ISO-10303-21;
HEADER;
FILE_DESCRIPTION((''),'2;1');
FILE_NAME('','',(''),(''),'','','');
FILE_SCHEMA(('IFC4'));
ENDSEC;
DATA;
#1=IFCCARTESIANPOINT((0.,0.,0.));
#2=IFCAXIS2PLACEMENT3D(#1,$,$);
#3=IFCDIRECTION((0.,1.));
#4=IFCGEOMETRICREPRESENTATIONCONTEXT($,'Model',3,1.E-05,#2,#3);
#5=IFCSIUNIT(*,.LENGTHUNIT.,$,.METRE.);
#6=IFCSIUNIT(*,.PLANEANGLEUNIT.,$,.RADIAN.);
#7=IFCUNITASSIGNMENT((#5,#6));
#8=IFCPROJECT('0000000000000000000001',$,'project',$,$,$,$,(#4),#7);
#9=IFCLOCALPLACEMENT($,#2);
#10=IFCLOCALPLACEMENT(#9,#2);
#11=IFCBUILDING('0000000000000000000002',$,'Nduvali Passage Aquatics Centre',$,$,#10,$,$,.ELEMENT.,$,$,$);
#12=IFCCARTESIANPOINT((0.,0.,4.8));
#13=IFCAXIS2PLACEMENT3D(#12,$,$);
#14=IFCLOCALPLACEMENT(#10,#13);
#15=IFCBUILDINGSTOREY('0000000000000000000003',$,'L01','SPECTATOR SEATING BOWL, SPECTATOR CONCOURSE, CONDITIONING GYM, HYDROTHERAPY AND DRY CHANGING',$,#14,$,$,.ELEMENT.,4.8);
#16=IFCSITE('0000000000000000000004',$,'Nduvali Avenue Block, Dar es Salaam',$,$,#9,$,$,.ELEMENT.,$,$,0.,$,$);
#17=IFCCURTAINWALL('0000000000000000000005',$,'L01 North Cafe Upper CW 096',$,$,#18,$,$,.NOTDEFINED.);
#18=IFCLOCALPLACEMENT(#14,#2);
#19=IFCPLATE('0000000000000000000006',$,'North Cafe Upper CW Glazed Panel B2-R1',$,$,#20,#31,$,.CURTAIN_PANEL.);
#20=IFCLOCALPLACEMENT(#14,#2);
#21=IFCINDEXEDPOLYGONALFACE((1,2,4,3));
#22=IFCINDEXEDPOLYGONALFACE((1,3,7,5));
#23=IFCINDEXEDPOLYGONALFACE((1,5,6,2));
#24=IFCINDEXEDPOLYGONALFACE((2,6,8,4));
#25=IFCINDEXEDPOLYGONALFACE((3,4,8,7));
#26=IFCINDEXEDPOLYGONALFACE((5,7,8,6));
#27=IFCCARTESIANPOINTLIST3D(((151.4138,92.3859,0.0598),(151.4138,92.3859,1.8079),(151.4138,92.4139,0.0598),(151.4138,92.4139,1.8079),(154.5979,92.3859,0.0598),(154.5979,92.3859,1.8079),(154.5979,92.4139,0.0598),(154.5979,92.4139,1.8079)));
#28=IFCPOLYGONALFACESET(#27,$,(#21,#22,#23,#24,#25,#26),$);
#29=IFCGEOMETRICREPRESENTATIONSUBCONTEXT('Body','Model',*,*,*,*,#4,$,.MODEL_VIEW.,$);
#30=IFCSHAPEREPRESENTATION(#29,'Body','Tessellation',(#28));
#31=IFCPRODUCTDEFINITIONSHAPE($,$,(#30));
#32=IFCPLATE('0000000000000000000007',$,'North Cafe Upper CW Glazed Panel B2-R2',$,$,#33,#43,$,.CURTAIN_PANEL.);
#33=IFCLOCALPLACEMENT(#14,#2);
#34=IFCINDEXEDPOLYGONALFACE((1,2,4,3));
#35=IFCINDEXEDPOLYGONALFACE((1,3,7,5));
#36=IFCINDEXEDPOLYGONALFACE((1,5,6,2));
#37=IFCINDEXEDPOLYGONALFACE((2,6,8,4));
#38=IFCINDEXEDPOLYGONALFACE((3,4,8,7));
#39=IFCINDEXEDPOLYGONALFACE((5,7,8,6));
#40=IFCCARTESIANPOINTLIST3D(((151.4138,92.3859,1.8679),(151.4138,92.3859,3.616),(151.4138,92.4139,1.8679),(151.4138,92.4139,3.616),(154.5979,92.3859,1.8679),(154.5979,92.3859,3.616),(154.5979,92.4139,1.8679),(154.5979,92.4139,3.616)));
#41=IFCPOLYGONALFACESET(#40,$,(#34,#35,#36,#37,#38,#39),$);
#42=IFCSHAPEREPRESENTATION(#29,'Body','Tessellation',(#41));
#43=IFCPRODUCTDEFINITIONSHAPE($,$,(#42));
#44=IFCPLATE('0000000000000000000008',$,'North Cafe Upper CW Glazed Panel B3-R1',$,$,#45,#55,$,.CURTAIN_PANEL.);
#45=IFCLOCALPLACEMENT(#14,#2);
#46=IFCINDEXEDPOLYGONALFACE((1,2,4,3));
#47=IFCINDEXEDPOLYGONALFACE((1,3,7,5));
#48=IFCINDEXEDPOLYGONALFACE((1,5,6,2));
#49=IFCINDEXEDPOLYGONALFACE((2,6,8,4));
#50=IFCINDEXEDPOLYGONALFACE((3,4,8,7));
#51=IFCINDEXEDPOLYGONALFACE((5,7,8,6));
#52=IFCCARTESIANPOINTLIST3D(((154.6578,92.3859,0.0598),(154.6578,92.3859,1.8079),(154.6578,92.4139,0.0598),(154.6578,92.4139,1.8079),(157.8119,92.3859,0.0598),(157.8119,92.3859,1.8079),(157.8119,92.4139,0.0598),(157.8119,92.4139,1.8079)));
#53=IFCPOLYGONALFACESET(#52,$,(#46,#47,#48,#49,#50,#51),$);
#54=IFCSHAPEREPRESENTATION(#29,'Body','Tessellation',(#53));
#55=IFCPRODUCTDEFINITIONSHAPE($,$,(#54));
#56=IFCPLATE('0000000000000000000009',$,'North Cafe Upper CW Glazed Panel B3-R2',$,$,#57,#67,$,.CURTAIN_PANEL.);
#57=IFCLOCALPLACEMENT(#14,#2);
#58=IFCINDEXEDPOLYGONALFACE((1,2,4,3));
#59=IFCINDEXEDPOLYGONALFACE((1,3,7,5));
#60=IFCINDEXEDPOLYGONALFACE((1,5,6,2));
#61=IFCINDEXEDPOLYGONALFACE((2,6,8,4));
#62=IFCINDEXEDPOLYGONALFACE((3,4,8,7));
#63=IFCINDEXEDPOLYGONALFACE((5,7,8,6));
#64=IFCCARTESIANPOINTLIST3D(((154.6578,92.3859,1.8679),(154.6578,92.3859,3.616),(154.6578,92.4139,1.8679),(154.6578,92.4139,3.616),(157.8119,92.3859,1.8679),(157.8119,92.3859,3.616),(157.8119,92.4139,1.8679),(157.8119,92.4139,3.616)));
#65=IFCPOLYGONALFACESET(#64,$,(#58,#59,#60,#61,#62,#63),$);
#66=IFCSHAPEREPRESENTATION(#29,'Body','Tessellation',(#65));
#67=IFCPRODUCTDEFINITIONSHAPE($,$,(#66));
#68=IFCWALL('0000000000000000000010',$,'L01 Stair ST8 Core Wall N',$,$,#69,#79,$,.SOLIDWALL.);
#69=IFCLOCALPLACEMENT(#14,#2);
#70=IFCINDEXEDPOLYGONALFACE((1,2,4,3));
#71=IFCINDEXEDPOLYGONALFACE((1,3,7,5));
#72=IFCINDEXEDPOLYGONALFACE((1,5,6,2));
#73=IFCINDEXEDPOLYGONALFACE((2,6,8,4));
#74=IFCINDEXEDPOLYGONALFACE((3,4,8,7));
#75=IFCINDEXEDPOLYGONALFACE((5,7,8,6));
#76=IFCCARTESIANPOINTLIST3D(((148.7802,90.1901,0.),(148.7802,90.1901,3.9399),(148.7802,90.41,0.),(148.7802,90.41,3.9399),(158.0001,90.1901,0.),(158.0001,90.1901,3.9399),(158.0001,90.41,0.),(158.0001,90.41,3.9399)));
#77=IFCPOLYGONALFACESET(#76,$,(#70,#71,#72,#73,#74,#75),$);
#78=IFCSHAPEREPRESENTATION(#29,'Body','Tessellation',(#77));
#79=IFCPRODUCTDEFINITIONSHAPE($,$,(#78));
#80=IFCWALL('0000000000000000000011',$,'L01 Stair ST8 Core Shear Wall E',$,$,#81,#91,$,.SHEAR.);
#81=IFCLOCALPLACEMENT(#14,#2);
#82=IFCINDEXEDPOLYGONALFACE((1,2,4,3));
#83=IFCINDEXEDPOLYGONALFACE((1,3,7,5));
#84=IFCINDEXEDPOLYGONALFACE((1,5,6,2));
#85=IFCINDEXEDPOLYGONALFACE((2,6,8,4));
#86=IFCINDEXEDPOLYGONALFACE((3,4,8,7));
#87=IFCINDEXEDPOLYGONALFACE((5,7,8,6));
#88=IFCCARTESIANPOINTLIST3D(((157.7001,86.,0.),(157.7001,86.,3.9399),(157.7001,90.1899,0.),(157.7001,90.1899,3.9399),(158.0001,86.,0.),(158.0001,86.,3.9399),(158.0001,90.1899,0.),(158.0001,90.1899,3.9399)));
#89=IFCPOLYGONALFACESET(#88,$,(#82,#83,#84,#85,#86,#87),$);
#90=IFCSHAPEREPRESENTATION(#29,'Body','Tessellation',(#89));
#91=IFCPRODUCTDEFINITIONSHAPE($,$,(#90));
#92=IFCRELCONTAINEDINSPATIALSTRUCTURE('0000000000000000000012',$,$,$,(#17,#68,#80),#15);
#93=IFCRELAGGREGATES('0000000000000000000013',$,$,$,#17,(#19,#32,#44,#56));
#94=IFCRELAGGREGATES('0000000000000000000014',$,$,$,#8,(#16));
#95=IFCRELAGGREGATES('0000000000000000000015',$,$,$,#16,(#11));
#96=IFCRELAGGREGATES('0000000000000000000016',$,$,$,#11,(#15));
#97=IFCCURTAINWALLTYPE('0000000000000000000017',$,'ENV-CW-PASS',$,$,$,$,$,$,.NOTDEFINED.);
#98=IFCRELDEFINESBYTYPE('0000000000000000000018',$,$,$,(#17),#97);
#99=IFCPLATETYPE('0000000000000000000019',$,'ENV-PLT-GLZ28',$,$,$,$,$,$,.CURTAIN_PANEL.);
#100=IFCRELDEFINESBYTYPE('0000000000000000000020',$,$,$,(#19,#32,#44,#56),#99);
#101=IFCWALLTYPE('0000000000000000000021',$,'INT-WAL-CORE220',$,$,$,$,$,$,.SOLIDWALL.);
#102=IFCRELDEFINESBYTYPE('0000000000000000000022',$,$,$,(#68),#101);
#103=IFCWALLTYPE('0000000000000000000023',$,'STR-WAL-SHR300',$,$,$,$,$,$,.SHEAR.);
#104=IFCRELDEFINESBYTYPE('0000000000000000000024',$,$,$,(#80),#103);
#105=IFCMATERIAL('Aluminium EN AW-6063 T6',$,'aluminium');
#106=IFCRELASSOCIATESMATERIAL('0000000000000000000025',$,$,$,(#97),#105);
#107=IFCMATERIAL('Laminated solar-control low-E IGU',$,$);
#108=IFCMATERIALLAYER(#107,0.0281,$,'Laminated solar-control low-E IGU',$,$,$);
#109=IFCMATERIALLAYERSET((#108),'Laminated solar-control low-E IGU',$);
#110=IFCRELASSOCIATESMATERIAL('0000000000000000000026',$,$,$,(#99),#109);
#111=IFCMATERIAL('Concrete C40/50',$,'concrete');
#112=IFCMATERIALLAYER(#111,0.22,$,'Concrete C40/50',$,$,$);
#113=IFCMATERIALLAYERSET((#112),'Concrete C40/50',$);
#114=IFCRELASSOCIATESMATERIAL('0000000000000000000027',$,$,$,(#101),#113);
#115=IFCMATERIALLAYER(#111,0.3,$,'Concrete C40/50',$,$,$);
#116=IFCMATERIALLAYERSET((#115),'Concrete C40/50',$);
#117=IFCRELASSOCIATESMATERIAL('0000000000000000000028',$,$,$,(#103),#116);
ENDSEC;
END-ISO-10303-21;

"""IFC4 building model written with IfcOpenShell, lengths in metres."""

from ifc_helpers import new_model, si_unit, direction, frame, frame_2d, origin, origin_2d, place, context, subcontext, project, spatial, rectangle, extrude, material, layer, layer_set, type_object, element, aggregate, save


model = new_model("IFC4")

# Units and contexts
model_context = context("Model", 3, precision=1e-05, world=origin(), true_north=direction((0.0, 1.0)))
body_context = subcontext(model_context, "Body", "Model", "MODEL_VIEW")
ifc_project = project(units=[si_unit("LENGTHUNIT", "METRE"), si_unit("PLANEANGLEUNIT", "RADIAN")], contexts=[model_context])

# Site, building, storey
site_placement = place(None, origin())
site = spatial("IfcSite", under=ifc_project, at=site_placement, Name="Nduvali Avenue Block, Dar es Salaam", CompositionType="ELEMENT", RefElevation=0.0)
building_placement = place(site_placement, origin())
building = spatial("IfcBuilding", under=site, at=building_placement, Name="Nduvali Passage Aquatics Centre", CompositionType="ELEMENT")
storey_placement = place(building_placement, frame((0.0, 0.0, 4.8)))
storey = spatial("IfcBuildingStorey", under=building, at=storey_placement, Name="L01", Description="SPECTATOR SEATING BOWL, SPECTATOR CONCOURSE, CONDITIONING GYM, HYDROTHERAPY AND DRY CHANGING", CompositionType="ELEMENT", Elevation=4.8)

# Curtain wall
ifc_material_1 = material(Name="Aluminium EN AW-6063 T6", Category="aluminium")
curtain_wall_type = type_object("IfcCurtainWallType", Name="ENV-CW-PASS", PredefinedType="NOTDEFINED", material=ifc_material_1)
curtain_wall_1_placement = place(storey_placement, origin())
curtain_wall_1 = element("IfcCurtainWall", 1, at=curtain_wall_1_placement, inside=storey, type_object=curtain_wall_type, Name="L01 North Cafe Upper CW 096", PredefinedType="NOTDEFINED")

# Plates
ifc_material_2 = material(Name="Laminated solar-control low-E IGU")
ifc_layer_1 = layer(ifc_material_2, 0.0281, Name="Laminated solar-control low-E IGU")
ifc_layer_set_1 = layer_set([ifc_layer_1], Name="Laminated solar-control low-E IGU")
plate_type = type_object("IfcPlateType", Name="ENV-PLT-GLZ28", PredefinedType="CURTAIN_PANEL", material=ifc_layer_set_1)
plate_1_placement = place(storey_placement, frame((153.0059, 92.3999, 0.0598), z_axis=(0.0, 0.0, 1.0), x_axis=(1.0, 0.0, 0.0)))
plate_1 = element("IfcPlate", 2, at=plate_1_placement, type_object=plate_type, Name="North Cafe Upper CW Glazed Panel B2-R1", PredefinedType="CURTAIN_PANEL", context=body_context, shape_type="SweptSolid", body=[
    extrude(rectangle(XDim=3.1841, YDim=0.0281, at=origin_2d()), origin(), (0.0, 0.0, 1.0), 1.748),
])
plate_2_placement = place(storey_placement, frame((153.0059, 92.3999, 1.8679), z_axis=(0.0, 0.0, 1.0), x_axis=(1.0, 0.0, 0.0)))
plate_2 = element("IfcPlate", 3, at=plate_2_placement, type_object=plate_type, Name="North Cafe Upper CW Glazed Panel B2-R2", PredefinedType="CURTAIN_PANEL", context=body_context, shape_type="SweptSolid", body=[
    extrude(rectangle(XDim=3.1841, YDim=0.0281, at=origin_2d()), origin(), (0.0, 0.0, 1.0), 1.748),
])
plate_3_placement = place(storey_placement, frame((156.2349, 92.3999, 0.0598), z_axis=(0.0, 0.0, 1.0), x_axis=(1.0, 0.0, 0.0)))
plate_3 = element("IfcPlate", 4, at=plate_3_placement, type_object=plate_type, Name="North Cafe Upper CW Glazed Panel B3-R1", PredefinedType="CURTAIN_PANEL", context=body_context, shape_type="SweptSolid", body=[
    extrude(rectangle(XDim=3.1541, YDim=0.0281, at=origin_2d()), origin(), (0.0, 0.0, 1.0), 1.748),
])
plate_4_placement = place(storey_placement, frame((156.2349, 92.3999, 1.8679), z_axis=(0.0, 0.0, 1.0), x_axis=(1.0, 0.0, 0.0)))
plate_4 = element("IfcPlate", 5, at=plate_4_placement, type_object=plate_type, Name="North Cafe Upper CW Glazed Panel B3-R2", PredefinedType="CURTAIN_PANEL", context=body_context, shape_type="SweptSolid", body=[
    extrude(rectangle(XDim=3.1541, YDim=0.0281, at=origin_2d()), origin(), (0.0, 0.0, 1.0), 1.748),
])
aggregate(curtain_wall_1, [plate_1, plate_2, plate_3, plate_4])

# Walls
ifc_material_3 = material(Name="Concrete C40/50", Category="concrete")
ifc_layer_2 = layer(ifc_material_3, 0.22, Name="Concrete C40/50")
ifc_layer_set_2 = layer_set([ifc_layer_2], Name="Concrete C40/50")
wall_type_1 = type_object("IfcWallType", Name="INT-WAL-CORE220", PredefinedType="SOLIDWALL", material=ifc_layer_set_2)
wall_1_placement = place(storey_placement, frame((158.0, 90.3, 0.0), z_axis=(0.0, 0.0, 1.0), x_axis=(-1.0, 0.0, 0.0)))
element("IfcWall", 6, at=wall_1_placement, inside=storey, type_object=wall_type_1, Name="L01 Stair ST8 Core Wall N", PredefinedType="SOLIDWALL", context=body_context, shape_type="SweptSolid", body=[
    extrude(rectangle(XDim=9.22, YDim=0.22, at=frame_2d((4.6099, 0.0))), origin(), (0.0, 0.0, 1.0), 3.9399),
])
ifc_layer_3 = layer(ifc_material_3, 0.3, Name="Concrete C40/50")
ifc_layer_set_3 = layer_set([ifc_layer_3], Name="Concrete C40/50")
wall_type_2 = type_object("IfcWallType", Name="STR-WAL-SHR300", PredefinedType="SHEAR", material=ifc_layer_set_3)
wall_2_placement = place(storey_placement, frame((157.8501, 86.0, 0.0), z_axis=(0.0, 0.0, 1.0), x_axis=(0.0, 1.0, 0.0)))
element("IfcWall", 7, at=wall_2_placement, inside=storey, type_object=wall_type_2, Name="L01 Stair ST8 Core Shear Wall E", PredefinedType="SHEAR", context=body_context, shape_type="SweptSolid", body=[
    extrude(rectangle(XDim=4.1899, YDim=0.3, at=frame_2d((2.095, 0.0))), origin(), (0.0, 0.0, 1.0), 3.9399),
])

save(model, "model.ifc")
